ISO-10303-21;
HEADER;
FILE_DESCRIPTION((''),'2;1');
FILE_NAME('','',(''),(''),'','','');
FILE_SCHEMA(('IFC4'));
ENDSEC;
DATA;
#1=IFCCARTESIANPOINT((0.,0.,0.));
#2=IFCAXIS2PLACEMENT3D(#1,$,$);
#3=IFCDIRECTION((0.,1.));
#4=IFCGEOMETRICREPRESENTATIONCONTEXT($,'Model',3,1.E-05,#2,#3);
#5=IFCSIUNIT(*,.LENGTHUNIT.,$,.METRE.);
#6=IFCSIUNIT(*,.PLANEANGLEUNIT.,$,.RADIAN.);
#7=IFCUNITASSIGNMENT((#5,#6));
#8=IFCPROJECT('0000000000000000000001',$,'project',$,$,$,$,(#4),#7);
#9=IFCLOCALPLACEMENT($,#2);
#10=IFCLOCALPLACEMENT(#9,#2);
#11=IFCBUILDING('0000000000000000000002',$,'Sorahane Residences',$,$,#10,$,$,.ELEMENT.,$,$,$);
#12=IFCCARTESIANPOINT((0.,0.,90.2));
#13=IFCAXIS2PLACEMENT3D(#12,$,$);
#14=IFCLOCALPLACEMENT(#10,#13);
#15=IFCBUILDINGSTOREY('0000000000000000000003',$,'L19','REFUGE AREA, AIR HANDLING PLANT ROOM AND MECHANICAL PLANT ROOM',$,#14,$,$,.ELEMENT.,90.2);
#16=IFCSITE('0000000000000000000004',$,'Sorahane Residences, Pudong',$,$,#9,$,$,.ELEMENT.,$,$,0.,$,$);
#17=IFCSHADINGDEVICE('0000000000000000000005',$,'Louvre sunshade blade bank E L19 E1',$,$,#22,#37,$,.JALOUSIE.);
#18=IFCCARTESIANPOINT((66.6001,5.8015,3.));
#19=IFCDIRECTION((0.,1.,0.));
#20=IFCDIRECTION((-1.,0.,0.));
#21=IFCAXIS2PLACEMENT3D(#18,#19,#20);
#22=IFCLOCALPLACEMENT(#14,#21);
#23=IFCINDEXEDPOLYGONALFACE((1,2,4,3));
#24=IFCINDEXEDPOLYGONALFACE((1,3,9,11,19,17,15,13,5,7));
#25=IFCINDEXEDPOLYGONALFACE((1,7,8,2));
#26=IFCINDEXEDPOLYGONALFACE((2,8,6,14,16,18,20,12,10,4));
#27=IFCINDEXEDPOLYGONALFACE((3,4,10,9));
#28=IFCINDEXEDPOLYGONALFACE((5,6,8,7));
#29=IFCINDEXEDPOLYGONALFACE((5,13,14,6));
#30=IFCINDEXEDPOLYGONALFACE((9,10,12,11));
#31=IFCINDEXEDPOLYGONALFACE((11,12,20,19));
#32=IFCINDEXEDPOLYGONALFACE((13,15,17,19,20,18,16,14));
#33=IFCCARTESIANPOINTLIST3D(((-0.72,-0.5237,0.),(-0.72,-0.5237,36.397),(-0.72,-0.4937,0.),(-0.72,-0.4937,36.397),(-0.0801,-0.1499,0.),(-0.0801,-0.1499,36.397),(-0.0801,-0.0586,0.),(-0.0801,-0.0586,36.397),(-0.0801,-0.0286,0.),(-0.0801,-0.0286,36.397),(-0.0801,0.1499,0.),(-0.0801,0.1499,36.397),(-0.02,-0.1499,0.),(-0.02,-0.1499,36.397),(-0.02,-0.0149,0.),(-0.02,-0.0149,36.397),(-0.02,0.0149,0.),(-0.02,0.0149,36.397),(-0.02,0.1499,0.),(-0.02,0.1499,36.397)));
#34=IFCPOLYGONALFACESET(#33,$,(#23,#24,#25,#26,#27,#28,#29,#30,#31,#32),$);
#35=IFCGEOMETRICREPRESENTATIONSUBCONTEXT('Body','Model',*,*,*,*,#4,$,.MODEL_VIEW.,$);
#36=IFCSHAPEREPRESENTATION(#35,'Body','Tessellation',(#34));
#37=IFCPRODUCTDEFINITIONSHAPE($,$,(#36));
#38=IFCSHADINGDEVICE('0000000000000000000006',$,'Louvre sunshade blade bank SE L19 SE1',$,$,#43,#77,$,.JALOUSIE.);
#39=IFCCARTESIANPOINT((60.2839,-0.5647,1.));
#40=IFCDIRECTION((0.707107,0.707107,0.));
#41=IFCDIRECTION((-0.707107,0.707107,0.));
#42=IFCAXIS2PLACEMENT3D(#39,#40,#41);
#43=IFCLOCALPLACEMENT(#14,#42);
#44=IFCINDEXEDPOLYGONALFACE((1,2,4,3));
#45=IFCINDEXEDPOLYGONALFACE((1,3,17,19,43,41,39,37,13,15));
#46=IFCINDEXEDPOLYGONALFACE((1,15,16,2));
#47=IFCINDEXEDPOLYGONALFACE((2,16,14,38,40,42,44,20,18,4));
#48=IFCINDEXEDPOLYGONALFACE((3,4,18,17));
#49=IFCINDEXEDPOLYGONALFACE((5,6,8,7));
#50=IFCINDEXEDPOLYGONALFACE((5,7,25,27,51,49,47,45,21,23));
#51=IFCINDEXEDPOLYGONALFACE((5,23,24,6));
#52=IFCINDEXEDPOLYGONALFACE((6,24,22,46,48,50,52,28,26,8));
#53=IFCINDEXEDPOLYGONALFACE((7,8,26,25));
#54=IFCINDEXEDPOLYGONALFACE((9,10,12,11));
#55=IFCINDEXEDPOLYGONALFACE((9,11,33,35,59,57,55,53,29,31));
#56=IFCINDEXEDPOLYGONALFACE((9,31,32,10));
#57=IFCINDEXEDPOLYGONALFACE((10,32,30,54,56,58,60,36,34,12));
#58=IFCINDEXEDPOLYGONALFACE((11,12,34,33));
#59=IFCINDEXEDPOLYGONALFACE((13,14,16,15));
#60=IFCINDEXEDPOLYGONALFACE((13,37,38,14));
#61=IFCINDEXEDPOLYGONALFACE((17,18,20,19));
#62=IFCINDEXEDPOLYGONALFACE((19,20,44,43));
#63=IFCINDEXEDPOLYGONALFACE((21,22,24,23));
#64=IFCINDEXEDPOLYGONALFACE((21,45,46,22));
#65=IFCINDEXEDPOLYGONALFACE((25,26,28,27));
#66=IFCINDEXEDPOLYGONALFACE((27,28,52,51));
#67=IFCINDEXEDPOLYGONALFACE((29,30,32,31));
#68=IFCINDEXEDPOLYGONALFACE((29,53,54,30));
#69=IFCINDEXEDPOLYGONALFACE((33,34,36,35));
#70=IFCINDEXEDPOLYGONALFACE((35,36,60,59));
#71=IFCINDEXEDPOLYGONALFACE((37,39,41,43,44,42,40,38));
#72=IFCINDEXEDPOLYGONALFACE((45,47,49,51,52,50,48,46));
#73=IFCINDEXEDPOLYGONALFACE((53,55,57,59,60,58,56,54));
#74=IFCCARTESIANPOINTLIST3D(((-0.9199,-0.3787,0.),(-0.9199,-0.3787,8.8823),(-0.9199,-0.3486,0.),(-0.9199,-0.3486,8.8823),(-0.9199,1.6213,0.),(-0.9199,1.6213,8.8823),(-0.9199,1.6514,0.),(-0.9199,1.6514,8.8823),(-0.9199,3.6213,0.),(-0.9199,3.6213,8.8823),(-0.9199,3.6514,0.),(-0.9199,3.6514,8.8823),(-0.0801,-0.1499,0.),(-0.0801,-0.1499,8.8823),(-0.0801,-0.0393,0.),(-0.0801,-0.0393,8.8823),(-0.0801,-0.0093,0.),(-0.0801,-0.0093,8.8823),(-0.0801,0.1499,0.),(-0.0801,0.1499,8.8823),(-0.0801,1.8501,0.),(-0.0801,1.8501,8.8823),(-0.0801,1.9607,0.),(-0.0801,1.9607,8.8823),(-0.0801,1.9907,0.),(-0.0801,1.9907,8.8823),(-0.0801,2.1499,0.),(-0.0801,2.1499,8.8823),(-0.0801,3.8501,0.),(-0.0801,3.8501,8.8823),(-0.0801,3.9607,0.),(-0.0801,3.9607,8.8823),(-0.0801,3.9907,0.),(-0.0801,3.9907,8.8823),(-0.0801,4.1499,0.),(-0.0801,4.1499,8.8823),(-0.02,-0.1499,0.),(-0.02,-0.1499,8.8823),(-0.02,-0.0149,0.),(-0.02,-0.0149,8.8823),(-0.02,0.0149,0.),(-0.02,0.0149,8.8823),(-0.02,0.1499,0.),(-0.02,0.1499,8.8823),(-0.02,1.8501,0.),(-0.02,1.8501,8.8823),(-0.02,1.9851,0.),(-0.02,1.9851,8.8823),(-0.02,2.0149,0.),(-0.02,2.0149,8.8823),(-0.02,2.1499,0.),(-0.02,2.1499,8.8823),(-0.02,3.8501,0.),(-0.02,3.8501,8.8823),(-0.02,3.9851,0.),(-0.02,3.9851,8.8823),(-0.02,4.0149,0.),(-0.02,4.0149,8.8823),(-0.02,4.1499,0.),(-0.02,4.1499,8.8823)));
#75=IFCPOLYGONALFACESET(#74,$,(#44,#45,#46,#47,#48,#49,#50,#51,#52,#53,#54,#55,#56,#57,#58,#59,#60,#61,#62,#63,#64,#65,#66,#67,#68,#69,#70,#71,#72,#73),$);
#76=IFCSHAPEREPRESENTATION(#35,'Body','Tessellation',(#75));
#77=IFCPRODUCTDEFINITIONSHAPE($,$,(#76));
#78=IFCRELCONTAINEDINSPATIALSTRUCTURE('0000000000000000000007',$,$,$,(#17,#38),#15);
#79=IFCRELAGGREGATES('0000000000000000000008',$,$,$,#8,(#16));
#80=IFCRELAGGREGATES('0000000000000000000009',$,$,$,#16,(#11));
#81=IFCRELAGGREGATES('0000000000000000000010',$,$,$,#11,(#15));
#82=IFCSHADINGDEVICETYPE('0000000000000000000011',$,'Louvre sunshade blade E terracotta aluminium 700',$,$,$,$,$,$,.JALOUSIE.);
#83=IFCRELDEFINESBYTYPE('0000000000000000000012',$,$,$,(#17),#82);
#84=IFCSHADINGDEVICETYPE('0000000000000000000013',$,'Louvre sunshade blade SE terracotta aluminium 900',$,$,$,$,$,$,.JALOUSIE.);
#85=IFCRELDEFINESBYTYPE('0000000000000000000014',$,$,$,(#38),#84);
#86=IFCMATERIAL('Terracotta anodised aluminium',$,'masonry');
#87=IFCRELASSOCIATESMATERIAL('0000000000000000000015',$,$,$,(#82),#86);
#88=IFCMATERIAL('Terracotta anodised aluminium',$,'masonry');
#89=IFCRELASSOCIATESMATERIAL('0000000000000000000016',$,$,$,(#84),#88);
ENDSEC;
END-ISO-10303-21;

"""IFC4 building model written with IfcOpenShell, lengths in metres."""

from ifc_helpers import new_model, si_unit, direction, frame, origin, place, context, subcontext, project, spatial, polyline, outline, composite_profile, extrude, material, type_object, element, save


model = new_model("IFC4")

# Units and contexts
model_context = context("Model", 3, precision=1e-05, world=origin(), true_north=direction((0.0, 1.0)))
body_context = subcontext(model_context, "Body", "Model", "MODEL_VIEW")
ifc_project = project(units=[si_unit("LENGTHUNIT", "METRE"), si_unit("PLANEANGLEUNIT", "RADIAN")], contexts=[model_context])

# Site, building, storey
site_placement = place(None, origin())
site = spatial("IfcSite", under=ifc_project, at=site_placement, Name="Sorahane Residences, Pudong", CompositionType="ELEMENT", RefElevation=0.0)
building_placement = place(site_placement, origin())
building = spatial("IfcBuilding", under=site, at=building_placement, Name="Sorahane Residences", CompositionType="ELEMENT")
storey_placement = place(building_placement, frame((0.0, 0.0, 90.2)))
storey = spatial("IfcBuildingStorey", under=building, at=storey_placement, Name="L19", Description="REFUGE AREA, AIR HANDLING PLANT ROOM AND MECHANICAL PLANT ROOM", CompositionType="ELEMENT", Elevation=90.2)

# Shading devices
ifc_material_1 = material(Name="Terracotta anodised aluminium", Category="masonry")
shading_device_type_1 = type_object("IfcShadingDeviceType", Name="Louvre sunshade blade E terracotta aluminium 700", PredefinedType="JALOUSIE", material=ifc_material_1)
shading_device_1_placement = place(storey_placement, frame((66.6001, 5.8015, 3.0), z_axis=(0.0, 1.0, 0.0), x_axis=(-1.0, 0.0, 0.0)))
element("IfcShadingDevice", 1, at=shading_device_1_placement, inside=storey, type_object=shading_device_type_1, Name="Louvre sunshade blade bank E L19 E1", PredefinedType="JALOUSIE", context=body_context, shape_type="SweptSolid", body=[
    extrude(outline(polyline([(-0.72, -0.4937), (-0.72, -0.5237), (-0.0801, -0.0586), (-0.0801, -0.1499), (-0.02, -0.1499), (-0.02, -0.0149), (-0.02, 0.0149), (-0.02, 0.1499), (-0.0801, 0.1499), (-0.0801, -0.0286), (-0.72, -0.4937)])), origin(), (0.0, 0.0, 1.0), 36.397),
])
ifc_material_2 = material(Name="Terracotta anodised aluminium", Category="masonry")
shading_device_type_2 = type_object("IfcShadingDeviceType", Name="Louvre sunshade blade SE terracotta aluminium 900", PredefinedType="JALOUSIE", material=ifc_material_2)
shading_device_2_placement = place(storey_placement, frame((60.2839, -0.5647, 1.0), z_axis=(0.707107, 0.707107, 0.0), x_axis=(-0.707107, 0.707107, 0.0)))
element("IfcShadingDevice", 2, at=shading_device_2_placement, inside=storey, type_object=shading_device_type_2, Name="Louvre sunshade blade bank SE L19 SE1", PredefinedType="JALOUSIE", context=body_context, shape_type="SweptSolid", body=[
    extrude(composite_profile([outline(polyline([(-0.9199, -0.3486), (-0.9199, -0.3787), (-0.0801, -0.0393), (-0.0801, -0.1499), (-0.02, -0.1499), (-0.02, -0.0149), (-0.02, 0.0149), (-0.02, 0.1499), (-0.0801, 0.1499), (-0.0801, -0.0093), (-0.9199, -0.3486)])), outline(polyline([(-0.9199, 1.6514), (-0.9199, 1.6213), (-0.0801, 1.9607), (-0.0801, 1.8501), (-0.02, 1.8501), (-0.02, 1.9851), (-0.02, 2.0149), (-0.02, 2.1499), (-0.0801, 2.1499), (-0.0801, 1.9907), (-0.9199, 1.6514)])), outline(polyline([(-0.9199, 3.6514), (-0.9199, 3.6213), (-0.0801, 3.9607), (-0.0801, 3.8501), (-0.02, 3.8501), (-0.02, 3.9851), (-0.02, 4.0149), (-0.02, 4.1499), (-0.0801, 4.1499), (-0.0801, 3.9907), (-0.9199, 3.6514)]))]), origin(), (0.0, 0.0, 1.0), 8.8823),
])

save(model, "model.ifc")
